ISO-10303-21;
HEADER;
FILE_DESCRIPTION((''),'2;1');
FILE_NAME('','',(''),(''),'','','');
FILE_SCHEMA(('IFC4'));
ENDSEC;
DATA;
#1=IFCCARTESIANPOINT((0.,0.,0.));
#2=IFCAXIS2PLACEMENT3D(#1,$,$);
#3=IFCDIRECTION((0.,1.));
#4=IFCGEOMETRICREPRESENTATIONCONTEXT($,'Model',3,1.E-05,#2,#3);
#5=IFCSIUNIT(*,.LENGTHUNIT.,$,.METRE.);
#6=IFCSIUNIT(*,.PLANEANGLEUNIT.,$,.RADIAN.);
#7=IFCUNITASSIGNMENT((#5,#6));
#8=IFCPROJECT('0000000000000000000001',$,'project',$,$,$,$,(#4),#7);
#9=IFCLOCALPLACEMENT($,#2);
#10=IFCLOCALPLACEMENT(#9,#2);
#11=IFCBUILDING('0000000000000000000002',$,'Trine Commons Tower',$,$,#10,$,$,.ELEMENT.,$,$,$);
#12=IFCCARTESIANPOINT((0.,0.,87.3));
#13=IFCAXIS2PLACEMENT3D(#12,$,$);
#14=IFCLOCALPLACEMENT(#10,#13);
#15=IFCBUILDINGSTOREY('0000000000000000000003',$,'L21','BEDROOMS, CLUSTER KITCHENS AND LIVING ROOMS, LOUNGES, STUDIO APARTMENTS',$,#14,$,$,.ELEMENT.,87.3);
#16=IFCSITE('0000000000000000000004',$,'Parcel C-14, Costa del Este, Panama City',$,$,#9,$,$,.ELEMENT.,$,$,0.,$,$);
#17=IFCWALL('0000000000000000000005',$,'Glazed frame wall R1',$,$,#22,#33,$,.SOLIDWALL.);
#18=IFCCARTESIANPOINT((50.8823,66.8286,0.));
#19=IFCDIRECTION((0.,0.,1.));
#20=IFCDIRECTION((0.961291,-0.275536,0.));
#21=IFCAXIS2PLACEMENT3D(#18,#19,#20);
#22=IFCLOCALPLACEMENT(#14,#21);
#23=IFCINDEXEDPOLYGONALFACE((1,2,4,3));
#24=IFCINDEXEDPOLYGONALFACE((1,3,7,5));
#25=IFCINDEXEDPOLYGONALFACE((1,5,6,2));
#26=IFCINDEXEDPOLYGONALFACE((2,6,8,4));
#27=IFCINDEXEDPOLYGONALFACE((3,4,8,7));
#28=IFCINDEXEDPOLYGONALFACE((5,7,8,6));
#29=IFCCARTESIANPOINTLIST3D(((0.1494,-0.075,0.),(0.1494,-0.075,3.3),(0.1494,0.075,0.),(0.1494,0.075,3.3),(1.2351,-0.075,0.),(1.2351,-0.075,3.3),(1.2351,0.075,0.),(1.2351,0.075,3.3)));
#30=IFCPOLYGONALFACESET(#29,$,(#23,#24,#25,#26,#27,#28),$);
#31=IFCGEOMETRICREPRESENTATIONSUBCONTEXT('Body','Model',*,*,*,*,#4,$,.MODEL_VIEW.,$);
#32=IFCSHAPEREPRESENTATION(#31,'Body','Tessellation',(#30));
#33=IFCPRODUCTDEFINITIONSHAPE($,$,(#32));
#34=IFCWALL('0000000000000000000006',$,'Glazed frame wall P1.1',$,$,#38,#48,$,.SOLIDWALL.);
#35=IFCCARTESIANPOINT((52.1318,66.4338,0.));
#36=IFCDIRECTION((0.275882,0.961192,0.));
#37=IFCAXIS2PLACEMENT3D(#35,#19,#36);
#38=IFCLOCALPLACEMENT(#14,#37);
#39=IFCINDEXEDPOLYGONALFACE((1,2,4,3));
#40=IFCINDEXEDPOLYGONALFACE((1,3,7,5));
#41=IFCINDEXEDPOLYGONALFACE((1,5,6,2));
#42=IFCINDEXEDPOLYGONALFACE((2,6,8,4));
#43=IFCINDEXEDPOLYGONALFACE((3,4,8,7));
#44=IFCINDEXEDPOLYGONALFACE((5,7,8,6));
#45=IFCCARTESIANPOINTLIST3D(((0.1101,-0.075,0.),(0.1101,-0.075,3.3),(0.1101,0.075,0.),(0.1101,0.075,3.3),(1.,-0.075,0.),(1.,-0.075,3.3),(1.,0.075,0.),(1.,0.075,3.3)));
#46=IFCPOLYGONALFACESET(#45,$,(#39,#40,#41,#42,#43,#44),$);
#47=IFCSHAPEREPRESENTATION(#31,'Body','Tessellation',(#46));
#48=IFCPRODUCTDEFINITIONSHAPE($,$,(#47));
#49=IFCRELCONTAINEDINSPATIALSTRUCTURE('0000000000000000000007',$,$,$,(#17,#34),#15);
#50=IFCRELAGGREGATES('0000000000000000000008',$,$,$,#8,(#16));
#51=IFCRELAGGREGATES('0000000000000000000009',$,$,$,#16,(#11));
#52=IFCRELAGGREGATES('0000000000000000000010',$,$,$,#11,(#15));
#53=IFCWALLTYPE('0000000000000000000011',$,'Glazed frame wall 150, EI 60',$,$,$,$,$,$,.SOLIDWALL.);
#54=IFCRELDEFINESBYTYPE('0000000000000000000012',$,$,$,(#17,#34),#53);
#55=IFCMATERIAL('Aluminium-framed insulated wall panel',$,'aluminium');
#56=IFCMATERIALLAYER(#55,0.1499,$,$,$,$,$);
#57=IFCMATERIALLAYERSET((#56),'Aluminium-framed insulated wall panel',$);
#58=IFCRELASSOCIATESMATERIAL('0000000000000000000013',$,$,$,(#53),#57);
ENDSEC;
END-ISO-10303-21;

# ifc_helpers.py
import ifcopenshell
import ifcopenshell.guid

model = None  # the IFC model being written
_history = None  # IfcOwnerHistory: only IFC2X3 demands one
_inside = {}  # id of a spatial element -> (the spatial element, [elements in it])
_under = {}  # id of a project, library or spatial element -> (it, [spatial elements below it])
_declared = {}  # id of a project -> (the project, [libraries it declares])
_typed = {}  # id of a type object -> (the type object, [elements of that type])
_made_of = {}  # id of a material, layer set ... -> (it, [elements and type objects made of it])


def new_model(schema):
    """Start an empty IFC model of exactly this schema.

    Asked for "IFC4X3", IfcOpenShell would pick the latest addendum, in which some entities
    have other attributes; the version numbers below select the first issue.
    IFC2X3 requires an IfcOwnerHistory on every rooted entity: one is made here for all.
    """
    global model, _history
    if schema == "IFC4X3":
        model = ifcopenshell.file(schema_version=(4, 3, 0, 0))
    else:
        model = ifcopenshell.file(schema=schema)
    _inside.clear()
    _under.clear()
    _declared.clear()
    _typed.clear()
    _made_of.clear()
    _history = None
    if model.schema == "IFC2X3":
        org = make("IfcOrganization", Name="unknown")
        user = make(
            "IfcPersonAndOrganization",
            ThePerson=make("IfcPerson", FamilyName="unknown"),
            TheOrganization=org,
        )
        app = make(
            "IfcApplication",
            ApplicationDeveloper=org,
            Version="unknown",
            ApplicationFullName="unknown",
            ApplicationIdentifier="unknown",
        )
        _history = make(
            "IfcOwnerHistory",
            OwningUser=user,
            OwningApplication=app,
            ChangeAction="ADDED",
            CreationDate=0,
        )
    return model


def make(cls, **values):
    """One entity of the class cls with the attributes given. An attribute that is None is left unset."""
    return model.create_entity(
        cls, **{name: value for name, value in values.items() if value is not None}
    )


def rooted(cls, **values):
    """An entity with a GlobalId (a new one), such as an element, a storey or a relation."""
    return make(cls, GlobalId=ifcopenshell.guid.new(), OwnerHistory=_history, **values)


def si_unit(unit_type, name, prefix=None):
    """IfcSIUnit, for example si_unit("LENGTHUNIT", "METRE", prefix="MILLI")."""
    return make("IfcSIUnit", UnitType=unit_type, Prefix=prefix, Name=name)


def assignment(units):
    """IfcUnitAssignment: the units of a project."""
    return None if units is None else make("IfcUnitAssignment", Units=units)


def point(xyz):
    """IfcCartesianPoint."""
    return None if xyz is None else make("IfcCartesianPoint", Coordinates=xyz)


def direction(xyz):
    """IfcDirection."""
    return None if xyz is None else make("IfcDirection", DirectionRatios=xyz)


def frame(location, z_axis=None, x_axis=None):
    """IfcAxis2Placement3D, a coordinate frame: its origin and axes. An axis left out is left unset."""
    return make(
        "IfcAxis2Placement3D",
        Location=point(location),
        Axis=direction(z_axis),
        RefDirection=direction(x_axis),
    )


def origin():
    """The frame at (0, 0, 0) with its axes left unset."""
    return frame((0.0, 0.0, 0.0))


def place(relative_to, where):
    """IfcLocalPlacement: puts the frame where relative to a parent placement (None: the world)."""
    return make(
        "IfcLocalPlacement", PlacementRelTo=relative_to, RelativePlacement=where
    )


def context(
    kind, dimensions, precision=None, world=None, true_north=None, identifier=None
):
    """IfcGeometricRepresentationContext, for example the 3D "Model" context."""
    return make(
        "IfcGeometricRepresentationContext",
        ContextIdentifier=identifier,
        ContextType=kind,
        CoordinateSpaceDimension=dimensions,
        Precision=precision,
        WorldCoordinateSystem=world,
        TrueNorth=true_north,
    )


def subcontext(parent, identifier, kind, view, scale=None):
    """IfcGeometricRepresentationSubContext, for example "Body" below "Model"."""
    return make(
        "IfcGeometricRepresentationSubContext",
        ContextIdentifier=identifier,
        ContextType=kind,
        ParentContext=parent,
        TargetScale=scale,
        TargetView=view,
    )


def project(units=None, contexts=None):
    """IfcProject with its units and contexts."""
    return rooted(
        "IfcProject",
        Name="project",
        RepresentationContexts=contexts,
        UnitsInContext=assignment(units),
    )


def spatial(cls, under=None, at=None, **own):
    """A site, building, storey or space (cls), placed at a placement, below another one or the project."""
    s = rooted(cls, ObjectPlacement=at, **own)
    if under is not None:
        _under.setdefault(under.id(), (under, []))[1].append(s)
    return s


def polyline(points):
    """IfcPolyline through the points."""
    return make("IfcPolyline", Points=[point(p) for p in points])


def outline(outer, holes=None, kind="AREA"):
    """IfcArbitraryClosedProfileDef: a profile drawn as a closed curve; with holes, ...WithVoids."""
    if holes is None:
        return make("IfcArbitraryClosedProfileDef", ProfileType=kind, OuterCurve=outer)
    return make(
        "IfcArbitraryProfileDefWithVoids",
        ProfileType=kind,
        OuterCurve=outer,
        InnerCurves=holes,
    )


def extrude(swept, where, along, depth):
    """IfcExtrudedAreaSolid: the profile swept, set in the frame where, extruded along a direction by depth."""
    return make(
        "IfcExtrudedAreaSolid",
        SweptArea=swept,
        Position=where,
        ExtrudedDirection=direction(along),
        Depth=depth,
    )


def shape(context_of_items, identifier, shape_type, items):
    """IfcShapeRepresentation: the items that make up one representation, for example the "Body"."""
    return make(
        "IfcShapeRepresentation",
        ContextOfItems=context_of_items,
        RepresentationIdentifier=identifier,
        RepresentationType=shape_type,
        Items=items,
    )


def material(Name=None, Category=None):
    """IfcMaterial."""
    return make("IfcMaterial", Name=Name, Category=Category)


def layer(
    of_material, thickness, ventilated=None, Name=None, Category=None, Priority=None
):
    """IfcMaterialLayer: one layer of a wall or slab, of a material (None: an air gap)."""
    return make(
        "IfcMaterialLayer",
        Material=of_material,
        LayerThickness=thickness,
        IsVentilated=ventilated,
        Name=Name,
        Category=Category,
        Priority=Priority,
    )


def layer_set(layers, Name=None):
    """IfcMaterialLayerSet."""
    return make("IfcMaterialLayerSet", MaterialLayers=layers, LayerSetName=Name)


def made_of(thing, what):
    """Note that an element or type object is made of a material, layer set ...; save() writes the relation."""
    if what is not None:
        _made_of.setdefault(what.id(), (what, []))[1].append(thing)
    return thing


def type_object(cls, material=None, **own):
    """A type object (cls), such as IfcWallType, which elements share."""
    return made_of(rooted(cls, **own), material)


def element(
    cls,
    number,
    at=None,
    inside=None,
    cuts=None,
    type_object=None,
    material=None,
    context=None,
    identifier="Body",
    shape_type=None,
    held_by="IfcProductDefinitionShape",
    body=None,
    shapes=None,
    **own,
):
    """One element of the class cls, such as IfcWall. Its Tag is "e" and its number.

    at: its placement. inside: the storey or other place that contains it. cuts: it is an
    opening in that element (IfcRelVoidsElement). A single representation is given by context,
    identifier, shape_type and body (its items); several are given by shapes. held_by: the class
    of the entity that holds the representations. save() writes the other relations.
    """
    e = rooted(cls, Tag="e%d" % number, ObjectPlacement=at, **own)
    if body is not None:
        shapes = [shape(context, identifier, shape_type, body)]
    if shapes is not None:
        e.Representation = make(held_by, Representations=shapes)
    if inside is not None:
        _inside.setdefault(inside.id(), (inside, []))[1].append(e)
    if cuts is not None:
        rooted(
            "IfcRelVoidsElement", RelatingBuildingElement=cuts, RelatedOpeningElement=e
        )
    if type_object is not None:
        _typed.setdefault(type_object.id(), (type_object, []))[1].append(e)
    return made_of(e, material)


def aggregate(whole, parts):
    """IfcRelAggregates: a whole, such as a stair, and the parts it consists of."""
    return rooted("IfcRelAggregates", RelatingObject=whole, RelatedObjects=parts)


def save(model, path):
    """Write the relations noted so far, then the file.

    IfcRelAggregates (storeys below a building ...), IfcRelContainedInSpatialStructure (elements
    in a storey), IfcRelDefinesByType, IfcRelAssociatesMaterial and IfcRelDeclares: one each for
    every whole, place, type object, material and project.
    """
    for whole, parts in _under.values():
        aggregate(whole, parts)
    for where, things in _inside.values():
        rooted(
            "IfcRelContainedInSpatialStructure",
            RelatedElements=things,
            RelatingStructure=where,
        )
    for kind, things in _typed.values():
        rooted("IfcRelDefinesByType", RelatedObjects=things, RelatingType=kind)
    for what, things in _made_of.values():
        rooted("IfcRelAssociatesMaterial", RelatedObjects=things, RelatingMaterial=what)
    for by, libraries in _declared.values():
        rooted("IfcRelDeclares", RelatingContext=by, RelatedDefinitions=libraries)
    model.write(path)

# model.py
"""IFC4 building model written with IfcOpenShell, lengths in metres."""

from ifc_helpers import new_model, si_unit, direction, frame, origin, place, context, subcontext, project, spatial, polyline, outline, extrude, material, layer, layer_set, type_object, element, save


model = new_model("IFC4")

# Units and contexts
model_context = context("Model", 3, precision=1e-05, world=origin(), true_north=direction((0.0, 1.0)))
body_context = subcontext(model_context, "Body", "Model", "MODEL_VIEW")
ifc_project = project(units=[si_unit("LENGTHUNIT", "METRE"), si_unit("PLANEANGLEUNIT", "RADIAN")], contexts=[model_context])

# Site, building, storey
site_placement = place(None, origin())
site = spatial("IfcSite", under=ifc_project, at=site_placement, Name="Parcel C-14, Costa del Este, Panama City", CompositionType="ELEMENT", RefElevation=0.0)
building_placement = place(site_placement, origin())
building = spatial("IfcBuilding", under=site, at=building_placement, Name="Trine Commons Tower", CompositionType="ELEMENT")
storey_placement = place(building_placement, frame((0.0, 0.0, 87.3)))
storey = spatial("IfcBuildingStorey", under=building, at=storey_placement, Name="L21", Description="BEDROOMS, CLUSTER KITCHENS AND LIVING ROOMS, LOUNGES, STUDIO APARTMENTS", CompositionType="ELEMENT", Elevation=87.3)

# Walls
ifc_material_1 = material(Name="Aluminium-framed insulated wall panel", Category="aluminium")
ifc_layer_1 = layer(ifc_material_1, 0.1499)
ifc_layer_set_1 = layer_set([ifc_layer_1], Name="Aluminium-framed insulated wall panel")
wall_type_1 = type_object("IfcWallType", Name="Glazed frame wall 150, EI 60", PredefinedType="SOLIDWALL", material=ifc_layer_set_1)
wall_1_placement = place(storey_placement, frame((50.8823, 66.8286, 0.0), z_axis=(0.0, 0.0, 1.0), x_axis=(0.961291, -0.275536, 0.0)))
element("IfcWall", 1, at=wall_1_placement, inside=storey, type_object=wall_type_1, Name="Glazed frame wall R1", PredefinedType="SOLIDWALL", context=body_context, shape_type="SweptSolid", body=[
    extrude(outline(polyline([(0.1494, 0.075), (0.1494, -0.075), (1.2351, -0.075), (1.2351, 0.075), (0.1494, 0.075)])), origin(), (0.0, 0.0, 1.0), 3.3),
])
wall_2_placement = place(storey_placement, frame((52.1318, 66.4338, 0.0), z_axis=(0.0, 0.0, 1.0), x_axis=(0.275882, 0.961192, 0.0)))
element("IfcWall", 2, at=wall_2_placement, inside=storey, type_object=wall_type_1, Name="Glazed frame wall P1.1", PredefinedType="SOLIDWALL", context=body_context, shape_type="SweptSolid", body=[
    extrude(outline(polyline([(0.1101, -0.075), (1.0, -0.075), (1.0, 0.075), (0.1101, 0.075), (0.1101, -0.075)])), origin(), (0.0, 0.0, 1.0), 3.3),
])

save(model, "model.ifc")
